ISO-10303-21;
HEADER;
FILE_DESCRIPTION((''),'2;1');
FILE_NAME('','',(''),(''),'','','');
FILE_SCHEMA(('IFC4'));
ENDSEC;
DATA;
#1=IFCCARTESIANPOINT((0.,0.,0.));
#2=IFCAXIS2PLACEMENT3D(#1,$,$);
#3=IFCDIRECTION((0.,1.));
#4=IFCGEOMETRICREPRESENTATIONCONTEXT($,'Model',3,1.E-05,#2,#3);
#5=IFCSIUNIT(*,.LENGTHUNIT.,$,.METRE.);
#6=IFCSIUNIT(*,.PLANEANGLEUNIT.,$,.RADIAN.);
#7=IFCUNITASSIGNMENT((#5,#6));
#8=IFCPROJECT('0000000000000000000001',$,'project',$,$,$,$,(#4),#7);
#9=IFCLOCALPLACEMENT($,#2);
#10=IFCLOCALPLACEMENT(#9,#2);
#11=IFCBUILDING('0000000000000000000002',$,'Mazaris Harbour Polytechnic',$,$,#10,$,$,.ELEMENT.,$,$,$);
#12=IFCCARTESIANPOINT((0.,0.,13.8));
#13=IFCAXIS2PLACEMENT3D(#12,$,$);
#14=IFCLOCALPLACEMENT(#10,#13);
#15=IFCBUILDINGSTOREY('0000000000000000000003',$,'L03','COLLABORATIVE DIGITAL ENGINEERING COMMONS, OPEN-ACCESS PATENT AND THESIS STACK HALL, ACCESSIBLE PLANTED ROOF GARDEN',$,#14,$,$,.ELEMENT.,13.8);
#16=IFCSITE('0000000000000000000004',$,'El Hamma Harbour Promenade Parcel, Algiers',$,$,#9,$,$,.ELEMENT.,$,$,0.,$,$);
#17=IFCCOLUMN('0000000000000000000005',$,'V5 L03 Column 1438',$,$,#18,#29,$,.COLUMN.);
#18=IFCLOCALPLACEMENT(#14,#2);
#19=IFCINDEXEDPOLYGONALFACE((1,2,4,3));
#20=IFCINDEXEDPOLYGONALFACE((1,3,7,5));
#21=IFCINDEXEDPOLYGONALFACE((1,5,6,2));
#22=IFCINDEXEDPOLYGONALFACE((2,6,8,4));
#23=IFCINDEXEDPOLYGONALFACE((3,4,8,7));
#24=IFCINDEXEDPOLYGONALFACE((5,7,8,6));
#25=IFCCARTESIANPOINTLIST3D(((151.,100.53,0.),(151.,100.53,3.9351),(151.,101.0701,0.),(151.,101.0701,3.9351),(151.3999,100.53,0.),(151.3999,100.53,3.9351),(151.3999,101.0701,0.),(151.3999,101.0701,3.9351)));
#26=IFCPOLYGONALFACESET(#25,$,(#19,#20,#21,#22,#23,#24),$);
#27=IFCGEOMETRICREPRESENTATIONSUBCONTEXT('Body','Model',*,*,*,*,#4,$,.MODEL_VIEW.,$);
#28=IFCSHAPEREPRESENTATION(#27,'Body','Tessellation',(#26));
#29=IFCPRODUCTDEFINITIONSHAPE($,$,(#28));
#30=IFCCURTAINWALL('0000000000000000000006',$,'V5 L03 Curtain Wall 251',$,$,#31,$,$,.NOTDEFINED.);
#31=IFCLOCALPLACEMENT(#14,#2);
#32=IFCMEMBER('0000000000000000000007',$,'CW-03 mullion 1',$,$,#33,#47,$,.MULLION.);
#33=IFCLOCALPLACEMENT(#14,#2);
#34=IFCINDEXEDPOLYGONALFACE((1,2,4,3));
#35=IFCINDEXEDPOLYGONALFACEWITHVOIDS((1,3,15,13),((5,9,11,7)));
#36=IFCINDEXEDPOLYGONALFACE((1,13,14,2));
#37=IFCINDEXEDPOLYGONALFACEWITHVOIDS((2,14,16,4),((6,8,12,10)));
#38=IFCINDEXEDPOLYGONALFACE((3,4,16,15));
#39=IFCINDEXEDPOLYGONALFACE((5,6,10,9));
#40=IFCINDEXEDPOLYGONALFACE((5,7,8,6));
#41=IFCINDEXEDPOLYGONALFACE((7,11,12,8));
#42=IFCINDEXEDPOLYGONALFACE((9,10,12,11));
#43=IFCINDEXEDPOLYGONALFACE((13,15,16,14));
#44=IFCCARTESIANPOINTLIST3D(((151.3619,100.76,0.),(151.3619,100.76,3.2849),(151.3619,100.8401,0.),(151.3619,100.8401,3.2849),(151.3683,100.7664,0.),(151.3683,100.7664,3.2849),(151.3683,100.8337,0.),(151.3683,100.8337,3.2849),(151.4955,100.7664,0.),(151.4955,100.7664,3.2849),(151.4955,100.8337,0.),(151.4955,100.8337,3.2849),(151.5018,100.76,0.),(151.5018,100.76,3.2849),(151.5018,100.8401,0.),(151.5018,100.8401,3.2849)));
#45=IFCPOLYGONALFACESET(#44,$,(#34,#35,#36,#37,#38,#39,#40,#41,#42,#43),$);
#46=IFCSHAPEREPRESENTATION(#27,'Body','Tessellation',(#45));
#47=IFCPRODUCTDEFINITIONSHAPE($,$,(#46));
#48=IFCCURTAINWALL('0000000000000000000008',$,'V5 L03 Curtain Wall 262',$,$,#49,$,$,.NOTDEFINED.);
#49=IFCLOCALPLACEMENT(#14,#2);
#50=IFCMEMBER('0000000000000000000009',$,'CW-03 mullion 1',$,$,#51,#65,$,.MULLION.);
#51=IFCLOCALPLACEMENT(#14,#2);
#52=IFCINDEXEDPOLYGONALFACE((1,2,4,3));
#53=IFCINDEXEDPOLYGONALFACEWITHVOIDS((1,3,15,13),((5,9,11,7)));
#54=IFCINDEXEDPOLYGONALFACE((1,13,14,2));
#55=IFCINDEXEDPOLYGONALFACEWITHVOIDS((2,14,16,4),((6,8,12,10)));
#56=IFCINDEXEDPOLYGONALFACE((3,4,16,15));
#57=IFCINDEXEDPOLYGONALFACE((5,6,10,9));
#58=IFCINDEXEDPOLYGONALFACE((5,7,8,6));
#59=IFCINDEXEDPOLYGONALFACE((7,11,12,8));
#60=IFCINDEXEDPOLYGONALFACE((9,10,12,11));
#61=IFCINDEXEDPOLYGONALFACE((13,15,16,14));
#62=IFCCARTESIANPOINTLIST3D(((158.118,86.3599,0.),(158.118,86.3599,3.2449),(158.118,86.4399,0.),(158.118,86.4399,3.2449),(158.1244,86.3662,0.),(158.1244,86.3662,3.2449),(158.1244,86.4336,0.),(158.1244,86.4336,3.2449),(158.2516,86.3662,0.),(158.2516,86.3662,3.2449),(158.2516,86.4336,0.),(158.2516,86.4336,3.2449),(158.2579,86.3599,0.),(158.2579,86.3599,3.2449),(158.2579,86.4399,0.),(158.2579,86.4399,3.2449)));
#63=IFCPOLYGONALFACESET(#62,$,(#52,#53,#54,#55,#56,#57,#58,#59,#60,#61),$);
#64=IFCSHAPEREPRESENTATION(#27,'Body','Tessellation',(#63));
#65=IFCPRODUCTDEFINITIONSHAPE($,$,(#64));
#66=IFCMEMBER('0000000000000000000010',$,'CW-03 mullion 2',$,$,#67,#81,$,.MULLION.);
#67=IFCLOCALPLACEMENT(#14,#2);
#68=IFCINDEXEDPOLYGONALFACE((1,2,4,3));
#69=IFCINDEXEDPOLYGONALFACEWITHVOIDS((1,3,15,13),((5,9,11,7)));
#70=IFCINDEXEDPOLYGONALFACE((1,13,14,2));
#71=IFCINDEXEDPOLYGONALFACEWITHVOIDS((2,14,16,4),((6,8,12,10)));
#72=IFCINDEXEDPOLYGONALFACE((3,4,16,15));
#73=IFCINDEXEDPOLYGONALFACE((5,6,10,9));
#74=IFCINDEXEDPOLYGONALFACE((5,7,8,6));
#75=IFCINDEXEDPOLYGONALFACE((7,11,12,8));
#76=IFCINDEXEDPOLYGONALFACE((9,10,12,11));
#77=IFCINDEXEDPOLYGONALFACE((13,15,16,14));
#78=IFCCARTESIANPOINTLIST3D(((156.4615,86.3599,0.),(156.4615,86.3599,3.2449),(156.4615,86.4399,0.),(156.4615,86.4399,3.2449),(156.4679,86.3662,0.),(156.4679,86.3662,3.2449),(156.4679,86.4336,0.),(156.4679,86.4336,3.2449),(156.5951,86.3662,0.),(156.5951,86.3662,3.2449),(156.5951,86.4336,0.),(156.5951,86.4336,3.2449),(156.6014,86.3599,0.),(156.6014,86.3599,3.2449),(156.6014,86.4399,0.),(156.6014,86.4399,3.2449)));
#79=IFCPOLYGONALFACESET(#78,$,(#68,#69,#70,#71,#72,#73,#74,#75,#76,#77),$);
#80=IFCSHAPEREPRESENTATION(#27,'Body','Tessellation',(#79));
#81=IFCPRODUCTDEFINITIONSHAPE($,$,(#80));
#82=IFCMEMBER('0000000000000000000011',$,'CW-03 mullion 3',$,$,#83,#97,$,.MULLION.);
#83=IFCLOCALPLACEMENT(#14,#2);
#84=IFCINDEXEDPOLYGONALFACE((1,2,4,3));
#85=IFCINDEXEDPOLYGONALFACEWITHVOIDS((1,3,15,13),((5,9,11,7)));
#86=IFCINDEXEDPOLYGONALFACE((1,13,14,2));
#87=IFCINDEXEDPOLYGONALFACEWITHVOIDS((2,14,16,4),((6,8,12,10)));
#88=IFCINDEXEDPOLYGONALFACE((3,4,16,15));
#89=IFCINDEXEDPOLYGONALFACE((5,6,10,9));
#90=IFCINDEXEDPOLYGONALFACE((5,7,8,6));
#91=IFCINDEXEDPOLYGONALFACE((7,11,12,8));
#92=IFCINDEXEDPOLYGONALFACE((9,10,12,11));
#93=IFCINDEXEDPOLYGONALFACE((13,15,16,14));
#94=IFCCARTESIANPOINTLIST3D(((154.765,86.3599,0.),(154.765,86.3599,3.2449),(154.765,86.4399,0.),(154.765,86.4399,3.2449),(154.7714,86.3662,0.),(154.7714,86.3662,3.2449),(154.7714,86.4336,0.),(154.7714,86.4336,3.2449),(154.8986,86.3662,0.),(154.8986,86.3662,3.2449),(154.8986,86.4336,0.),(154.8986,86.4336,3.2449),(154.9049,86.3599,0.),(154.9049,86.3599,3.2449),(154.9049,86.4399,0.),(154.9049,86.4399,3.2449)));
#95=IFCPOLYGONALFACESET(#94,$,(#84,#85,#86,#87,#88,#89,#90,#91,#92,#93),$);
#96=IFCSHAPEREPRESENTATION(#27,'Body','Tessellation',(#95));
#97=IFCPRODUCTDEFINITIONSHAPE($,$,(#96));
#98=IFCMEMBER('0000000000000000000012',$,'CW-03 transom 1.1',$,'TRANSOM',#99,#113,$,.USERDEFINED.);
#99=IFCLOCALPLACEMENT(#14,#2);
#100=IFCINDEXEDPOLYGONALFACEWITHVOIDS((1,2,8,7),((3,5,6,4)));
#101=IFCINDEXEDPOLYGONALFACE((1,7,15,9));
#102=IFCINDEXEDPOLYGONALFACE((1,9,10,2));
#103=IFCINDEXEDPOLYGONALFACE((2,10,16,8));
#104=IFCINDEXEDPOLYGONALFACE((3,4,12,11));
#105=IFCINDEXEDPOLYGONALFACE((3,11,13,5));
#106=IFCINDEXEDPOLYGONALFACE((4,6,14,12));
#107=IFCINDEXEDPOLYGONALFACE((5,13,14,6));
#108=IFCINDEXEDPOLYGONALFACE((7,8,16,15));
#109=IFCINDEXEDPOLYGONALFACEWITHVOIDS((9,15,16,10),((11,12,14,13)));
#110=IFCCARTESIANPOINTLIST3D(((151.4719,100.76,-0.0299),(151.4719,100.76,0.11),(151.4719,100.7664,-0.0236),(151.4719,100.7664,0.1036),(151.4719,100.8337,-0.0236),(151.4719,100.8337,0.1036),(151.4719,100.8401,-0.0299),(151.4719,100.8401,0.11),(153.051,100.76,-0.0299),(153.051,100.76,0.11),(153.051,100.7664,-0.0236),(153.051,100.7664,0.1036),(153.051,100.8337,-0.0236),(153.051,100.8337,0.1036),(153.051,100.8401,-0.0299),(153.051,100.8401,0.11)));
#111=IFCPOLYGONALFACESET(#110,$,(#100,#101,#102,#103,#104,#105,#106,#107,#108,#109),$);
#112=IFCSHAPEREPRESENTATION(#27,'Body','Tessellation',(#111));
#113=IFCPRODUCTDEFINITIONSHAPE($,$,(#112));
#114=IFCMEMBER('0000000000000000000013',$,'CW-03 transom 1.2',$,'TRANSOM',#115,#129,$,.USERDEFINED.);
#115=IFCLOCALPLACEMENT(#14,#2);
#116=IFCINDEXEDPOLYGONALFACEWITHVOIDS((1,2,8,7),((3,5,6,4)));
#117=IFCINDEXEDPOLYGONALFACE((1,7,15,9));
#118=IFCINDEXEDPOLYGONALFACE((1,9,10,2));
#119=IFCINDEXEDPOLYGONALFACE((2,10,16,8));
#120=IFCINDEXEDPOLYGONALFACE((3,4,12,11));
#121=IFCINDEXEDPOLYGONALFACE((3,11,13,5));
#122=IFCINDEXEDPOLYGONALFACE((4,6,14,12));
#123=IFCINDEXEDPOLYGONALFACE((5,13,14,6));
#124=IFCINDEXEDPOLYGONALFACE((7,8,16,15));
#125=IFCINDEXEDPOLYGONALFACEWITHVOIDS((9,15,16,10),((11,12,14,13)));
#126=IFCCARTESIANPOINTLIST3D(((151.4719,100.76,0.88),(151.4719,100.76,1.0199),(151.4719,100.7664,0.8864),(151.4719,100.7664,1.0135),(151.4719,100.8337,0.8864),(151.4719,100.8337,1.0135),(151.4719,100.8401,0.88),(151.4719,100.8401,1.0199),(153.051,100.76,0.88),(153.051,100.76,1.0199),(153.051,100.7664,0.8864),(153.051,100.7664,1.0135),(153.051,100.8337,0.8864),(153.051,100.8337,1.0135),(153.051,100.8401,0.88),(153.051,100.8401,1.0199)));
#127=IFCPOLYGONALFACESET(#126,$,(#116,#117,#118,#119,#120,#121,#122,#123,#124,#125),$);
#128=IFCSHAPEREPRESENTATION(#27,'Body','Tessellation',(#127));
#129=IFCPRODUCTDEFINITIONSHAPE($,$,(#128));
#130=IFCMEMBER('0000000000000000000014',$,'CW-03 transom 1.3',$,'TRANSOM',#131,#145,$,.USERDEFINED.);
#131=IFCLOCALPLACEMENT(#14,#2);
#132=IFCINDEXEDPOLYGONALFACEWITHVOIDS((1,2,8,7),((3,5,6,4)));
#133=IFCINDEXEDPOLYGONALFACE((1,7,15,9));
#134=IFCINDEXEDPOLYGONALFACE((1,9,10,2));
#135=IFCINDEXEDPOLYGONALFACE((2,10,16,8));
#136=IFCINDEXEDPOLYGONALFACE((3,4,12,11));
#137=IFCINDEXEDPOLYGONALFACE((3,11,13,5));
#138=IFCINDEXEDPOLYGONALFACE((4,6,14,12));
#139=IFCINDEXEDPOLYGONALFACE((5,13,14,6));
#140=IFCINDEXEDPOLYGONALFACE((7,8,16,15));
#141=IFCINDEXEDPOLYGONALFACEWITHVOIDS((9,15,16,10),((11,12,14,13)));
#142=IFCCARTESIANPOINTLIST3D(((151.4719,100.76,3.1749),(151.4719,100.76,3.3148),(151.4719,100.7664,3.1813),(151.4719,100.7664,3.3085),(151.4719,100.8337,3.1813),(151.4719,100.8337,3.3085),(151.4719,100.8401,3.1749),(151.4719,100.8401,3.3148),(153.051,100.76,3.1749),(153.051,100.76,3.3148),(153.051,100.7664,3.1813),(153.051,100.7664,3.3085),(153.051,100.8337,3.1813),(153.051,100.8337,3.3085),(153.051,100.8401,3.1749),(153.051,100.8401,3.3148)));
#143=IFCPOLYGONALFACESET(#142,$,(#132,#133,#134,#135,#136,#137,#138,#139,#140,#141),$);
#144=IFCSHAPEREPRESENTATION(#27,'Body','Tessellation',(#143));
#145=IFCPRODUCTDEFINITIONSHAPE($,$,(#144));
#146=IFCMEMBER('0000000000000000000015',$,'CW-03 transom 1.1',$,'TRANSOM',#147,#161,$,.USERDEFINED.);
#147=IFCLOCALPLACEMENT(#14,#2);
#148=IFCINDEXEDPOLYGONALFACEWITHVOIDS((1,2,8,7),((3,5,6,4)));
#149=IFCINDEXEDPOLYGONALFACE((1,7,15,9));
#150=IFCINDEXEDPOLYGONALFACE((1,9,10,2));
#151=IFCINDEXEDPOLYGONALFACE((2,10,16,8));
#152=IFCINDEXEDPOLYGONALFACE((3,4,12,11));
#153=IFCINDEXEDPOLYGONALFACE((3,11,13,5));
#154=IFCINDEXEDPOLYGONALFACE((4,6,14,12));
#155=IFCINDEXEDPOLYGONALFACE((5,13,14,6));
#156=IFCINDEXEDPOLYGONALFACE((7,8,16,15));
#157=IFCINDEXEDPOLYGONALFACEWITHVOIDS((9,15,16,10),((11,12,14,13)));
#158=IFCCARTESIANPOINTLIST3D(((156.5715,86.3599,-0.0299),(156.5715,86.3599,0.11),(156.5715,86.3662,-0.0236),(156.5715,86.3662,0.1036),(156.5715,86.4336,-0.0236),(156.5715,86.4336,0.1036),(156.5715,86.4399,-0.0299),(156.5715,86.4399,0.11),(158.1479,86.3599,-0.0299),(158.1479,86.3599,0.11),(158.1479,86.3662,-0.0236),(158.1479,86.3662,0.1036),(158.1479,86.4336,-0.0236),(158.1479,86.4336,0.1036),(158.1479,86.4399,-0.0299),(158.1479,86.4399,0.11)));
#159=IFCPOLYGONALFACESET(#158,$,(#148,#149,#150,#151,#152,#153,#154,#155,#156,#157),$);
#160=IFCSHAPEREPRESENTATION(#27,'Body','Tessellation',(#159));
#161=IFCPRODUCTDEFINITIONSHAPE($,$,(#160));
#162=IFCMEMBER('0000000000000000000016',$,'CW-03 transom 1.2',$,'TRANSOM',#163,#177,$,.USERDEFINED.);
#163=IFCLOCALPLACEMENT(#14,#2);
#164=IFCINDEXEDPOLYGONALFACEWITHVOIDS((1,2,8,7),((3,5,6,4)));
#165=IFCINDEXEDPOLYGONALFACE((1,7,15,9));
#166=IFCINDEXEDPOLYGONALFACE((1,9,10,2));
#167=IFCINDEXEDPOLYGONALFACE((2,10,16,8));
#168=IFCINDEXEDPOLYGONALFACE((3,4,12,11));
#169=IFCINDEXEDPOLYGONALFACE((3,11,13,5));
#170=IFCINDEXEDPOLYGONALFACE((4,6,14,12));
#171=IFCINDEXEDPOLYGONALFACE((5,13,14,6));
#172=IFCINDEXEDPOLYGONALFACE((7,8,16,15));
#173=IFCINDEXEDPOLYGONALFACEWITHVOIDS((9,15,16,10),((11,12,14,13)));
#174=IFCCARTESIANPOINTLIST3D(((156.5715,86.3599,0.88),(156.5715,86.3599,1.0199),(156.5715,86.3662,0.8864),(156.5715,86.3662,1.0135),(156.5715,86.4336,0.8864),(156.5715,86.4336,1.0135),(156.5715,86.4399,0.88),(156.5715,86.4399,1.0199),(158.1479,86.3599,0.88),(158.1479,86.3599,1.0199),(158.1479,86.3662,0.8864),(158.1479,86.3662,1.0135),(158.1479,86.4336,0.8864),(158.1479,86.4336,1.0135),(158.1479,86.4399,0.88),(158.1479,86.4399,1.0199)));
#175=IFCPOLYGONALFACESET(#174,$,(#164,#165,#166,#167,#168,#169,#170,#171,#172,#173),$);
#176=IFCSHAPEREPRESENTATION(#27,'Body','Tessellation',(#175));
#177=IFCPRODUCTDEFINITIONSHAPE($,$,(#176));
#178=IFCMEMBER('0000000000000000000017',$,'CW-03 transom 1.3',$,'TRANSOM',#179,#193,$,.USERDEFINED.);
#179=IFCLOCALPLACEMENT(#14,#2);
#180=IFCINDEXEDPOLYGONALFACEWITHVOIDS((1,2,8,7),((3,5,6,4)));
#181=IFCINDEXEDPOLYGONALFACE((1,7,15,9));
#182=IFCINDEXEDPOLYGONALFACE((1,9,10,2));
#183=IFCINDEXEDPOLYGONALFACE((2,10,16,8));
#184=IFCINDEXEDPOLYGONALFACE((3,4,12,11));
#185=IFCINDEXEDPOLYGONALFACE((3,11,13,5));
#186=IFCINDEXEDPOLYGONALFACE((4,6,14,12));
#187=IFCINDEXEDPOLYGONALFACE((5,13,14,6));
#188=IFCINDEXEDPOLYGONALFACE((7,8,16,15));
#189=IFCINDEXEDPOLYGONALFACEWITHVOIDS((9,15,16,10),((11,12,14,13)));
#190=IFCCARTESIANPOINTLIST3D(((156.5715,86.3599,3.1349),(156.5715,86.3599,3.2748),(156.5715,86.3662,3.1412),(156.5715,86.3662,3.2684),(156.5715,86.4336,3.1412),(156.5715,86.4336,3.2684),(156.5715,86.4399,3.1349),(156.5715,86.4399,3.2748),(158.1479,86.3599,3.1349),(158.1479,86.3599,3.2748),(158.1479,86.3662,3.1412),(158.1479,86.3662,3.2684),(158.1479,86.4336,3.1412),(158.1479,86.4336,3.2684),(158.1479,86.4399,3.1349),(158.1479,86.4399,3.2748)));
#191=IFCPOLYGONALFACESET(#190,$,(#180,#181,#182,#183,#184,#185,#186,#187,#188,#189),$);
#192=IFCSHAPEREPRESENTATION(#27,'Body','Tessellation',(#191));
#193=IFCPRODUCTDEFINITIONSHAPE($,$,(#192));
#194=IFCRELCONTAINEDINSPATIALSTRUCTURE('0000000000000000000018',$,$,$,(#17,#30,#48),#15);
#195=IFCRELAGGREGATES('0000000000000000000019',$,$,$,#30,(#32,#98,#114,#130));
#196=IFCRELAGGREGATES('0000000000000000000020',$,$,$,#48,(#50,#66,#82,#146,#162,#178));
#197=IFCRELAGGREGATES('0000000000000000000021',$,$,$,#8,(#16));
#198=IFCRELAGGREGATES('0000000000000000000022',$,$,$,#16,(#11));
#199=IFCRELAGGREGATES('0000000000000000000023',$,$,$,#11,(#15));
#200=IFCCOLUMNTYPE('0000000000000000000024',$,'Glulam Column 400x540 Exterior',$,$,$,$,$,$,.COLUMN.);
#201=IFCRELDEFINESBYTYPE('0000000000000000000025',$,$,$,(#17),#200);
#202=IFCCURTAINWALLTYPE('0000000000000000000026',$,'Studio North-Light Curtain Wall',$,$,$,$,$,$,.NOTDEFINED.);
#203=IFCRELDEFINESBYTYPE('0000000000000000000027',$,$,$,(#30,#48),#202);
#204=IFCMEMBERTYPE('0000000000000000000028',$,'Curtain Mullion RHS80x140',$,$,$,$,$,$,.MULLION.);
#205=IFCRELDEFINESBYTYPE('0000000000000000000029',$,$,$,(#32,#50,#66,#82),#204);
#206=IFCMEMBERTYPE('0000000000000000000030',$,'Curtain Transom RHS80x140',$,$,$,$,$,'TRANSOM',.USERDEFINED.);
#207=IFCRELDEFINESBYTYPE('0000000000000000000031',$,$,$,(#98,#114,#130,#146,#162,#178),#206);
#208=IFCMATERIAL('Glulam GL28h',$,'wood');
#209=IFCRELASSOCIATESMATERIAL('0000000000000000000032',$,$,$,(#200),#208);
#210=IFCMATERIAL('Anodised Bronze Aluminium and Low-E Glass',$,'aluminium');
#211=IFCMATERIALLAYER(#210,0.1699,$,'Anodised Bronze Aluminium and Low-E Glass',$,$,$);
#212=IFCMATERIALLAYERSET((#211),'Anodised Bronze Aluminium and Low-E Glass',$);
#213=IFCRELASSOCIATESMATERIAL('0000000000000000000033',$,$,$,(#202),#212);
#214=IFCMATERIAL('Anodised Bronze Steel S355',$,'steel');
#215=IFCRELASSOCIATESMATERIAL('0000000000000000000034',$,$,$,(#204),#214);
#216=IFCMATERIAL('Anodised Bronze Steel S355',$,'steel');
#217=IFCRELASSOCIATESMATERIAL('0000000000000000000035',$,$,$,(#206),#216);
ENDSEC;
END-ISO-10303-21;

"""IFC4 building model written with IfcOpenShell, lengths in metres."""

from ifc_helpers import new_model, si_unit, direction, frame, origin, origin_2d, place, context, subcontext, project, spatial, rectangle, hollow_rectangle, extrude, material, layer, layer_set, material_profile, profile_set, type_object, element, aggregate, save


model = new_model("IFC4")

# Units and contexts
model_context = context("Model", 3, precision=1e-05, world=origin(), true_north=direction((0.0, 1.0)))
body_context = subcontext(model_context, "Body", "Model", "MODEL_VIEW")
ifc_project = project(units=[si_unit("LENGTHUNIT", "METRE"), si_unit("PLANEANGLEUNIT", "RADIAN")], contexts=[model_context])

# Site, building, storey
site_placement = place(None, origin())
site = spatial("IfcSite", under=ifc_project, at=site_placement, Name="El Hamma Harbour Promenade Parcel, Algiers", CompositionType="ELEMENT", RefElevation=0.0)
building_placement = place(site_placement, origin())
building = spatial("IfcBuilding", under=site, at=building_placement, Name="Mazaris Harbour Polytechnic", CompositionType="ELEMENT")
storey_placement = place(building_placement, frame((0.0, 0.0, 13.8)))
storey = spatial("IfcBuildingStorey", under=building, at=storey_placement, Name="L03", Description="COLLABORATIVE DIGITAL ENGINEERING COMMONS, OPEN-ACCESS PATENT AND THESIS STACK HALL, ACCESSIBLE PLANTED ROOF GARDEN", CompositionType="ELEMENT", Elevation=13.8)

# Column
ifc_material_1 = material(Name="Glulam GL28h", Category="wood")
ifc_material_profile_1 = material_profile(ifc_material_1, rectangle(XDim=0.3999, YDim=0.54, at=origin_2d()), Name="RECT400x540")
ifc_profile_set_1 = profile_set([ifc_material_profile_1], Name="Glulam GL28h")
column_type = type_object("IfcColumnType", Name="Glulam Column 400x540 Exterior", PredefinedType="COLUMN", material=ifc_profile_set_1)
column_placement = place(storey_placement, frame((151.2, 100.8, 0.0), z_axis=(0.0, 0.0, 1.0), x_axis=(1.0, 0.0, 0.0)))
element("IfcColumn", 1, at=column_placement, inside=storey, type_object=column_type, Name="V5 L03 Column 1438", PredefinedType="COLUMN", context=body_context, shape_type="SweptSolid", body=[
    extrude(rectangle(XDim=0.3999, YDim=0.54, at=origin_2d()), origin(), (0.0, 0.0, 1.0), 3.9351),
])

# Curtain wall, member
ifc_material_2 = material(Name="Anodised Bronze Aluminium and Low-E Glass", Category="aluminium")
ifc_layer_1 = layer(ifc_material_2, 0.1699, Name="Anodised Bronze Aluminium and Low-E Glass")
ifc_layer_set_1 = layer_set([ifc_layer_1], Name="Anodised Bronze Aluminium and Low-E Glass")
curtain_wall_type = type_object("IfcCurtainWallType", Name="Studio North-Light Curtain Wall", PredefinedType="NOTDEFINED", material=ifc_layer_set_1)
curtain_wall_1_placement = place(storey_placement, origin())
curtain_wall_1 = element("IfcCurtainWall", 2, at=curtain_wall_1_placement, inside=storey, type_object=curtain_wall_type, Name="V5 L03 Curtain Wall 251", PredefinedType="NOTDEFINED")
ifc_material_3 = material(Name="Anodised Bronze Steel S355", Category="steel")
ifc_material_profile_2 = material_profile(ifc_material_3, hollow_rectangle(XDim=0.0801, YDim=0.1399, WallThickness=0.0063, at=origin_2d()), Name="RHS 80x140x6.3")
ifc_profile_set_2 = profile_set([ifc_material_profile_2], Name="Anodised Bronze Steel S355")
member_type_1 = type_object("IfcMemberType", Name="Curtain Mullion RHS80x140", PredefinedType="MULLION", material=ifc_profile_set_2)
member_1_placement = place(storey_placement, frame((151.4319, 100.8, 0.0), z_axis=(0.0, 0.0, 1.0), x_axis=(0.0, 1.0, 0.0)))
member_1 = element("IfcMember", 3, at=member_1_placement, type_object=member_type_1, Name="CW-03 mullion 1", PredefinedType="MULLION", context=body_context, shape_type="SweptSolid", body=[
    extrude(hollow_rectangle(XDim=0.0801, YDim=0.1399, WallThickness=0.0063, at=origin_2d()), origin(), (0.0, 0.0, 1.0), 3.2849),
])

# Curtain wall, members
curtain_wall_2_placement = place(storey_placement, origin())
curtain_wall_2 = element("IfcCurtainWall", 4, at=curtain_wall_2_placement, inside=storey, type_object=curtain_wall_type, Name="V5 L03 Curtain Wall 262", PredefinedType="NOTDEFINED")
member_2_placement = place(storey_placement, frame((158.188, 86.3999, 0.0), z_axis=(0.0, 0.0, 1.0), x_axis=(0.0, -1.0, 0.0)))
member_2 = element("IfcMember", 5, at=member_2_placement, type_object=member_type_1, Name="CW-03 mullion 1", PredefinedType="MULLION", context=body_context, shape_type="SweptSolid", body=[
    extrude(hollow_rectangle(XDim=0.0801, YDim=0.1399, WallThickness=0.0063, at=origin_2d()), origin(), (0.0, 0.0, 1.0), 3.2449),
])
member_3_placement = place(storey_placement, frame((156.5315, 86.3999, 0.0), z_axis=(0.0, 0.0, 1.0), x_axis=(0.0, -1.0, 0.0)))
member_3 = element("IfcMember", 6, at=member_3_placement, type_object=member_type_1, Name="CW-03 mullion 2", PredefinedType="MULLION", context=body_context, shape_type="SweptSolid", body=[
    extrude(hollow_rectangle(XDim=0.0801, YDim=0.1399, WallThickness=0.0063, at=origin_2d()), origin(), (0.0, 0.0, 1.0), 3.2449),
])
member_4_placement = place(storey_placement, frame((154.835, 86.3999, 0.0), z_axis=(0.0, 0.0, 1.0), x_axis=(0.0, -1.0, 0.0)))
member_4 = element("IfcMember", 7, at=member_4_placement, type_object=member_type_1, Name="CW-03 mullion 3", PredefinedType="MULLION", context=body_context, shape_type="SweptSolid", body=[
    extrude(hollow_rectangle(XDim=0.0801, YDim=0.1399, WallThickness=0.0063, at=origin_2d()), origin(), (0.0, 0.0, 1.0), 3.2449),
])

# Members
ifc_material_4 = material(Name="Anodised Bronze Steel S355", Category="steel")
ifc_material_profile_3 = material_profile(ifc_material_4, hollow_rectangle(XDim=0.0801, YDim=0.1399, WallThickness=0.0063, at=origin_2d()), Name="RHS 80x140x6.3")
ifc_profile_set_3 = profile_set([ifc_material_profile_3], Name="Anodised Bronze Steel S355")
member_type_2 = type_object("IfcMemberType", Name="Curtain Transom RHS80x140", ElementType="TRANSOM", PredefinedType="USERDEFINED", material=ifc_profile_set_3)
member_5_placement = place(storey_placement, frame((151.4719, 100.8, 0.04), z_axis=(1.0, 0.0, 0.0), x_axis=(0.0, 1.0, 0.0)))
member_5 = element("IfcMember", 8, at=member_5_placement, type_object=member_type_2, Name="CW-03 transom 1.1", ObjectType="TRANSOM", PredefinedType="USERDEFINED", context=body_context, shape_type="SweptSolid", body=[
    extrude(hollow_rectangle(XDim=0.0801, YDim=0.1399, WallThickness=0.0063, at=origin_2d()), origin(), (0.0, 0.0, 1.0), 1.5791),
])
member_6_placement = place(storey_placement, frame((151.4719, 100.8, 0.95), z_axis=(1.0, 0.0, 0.0), x_axis=(0.0, 1.0, 0.0)))
member_6 = element("IfcMember", 9, at=member_6_placement, type_object=member_type_2, Name="CW-03 transom 1.2", ObjectType="TRANSOM", PredefinedType="USERDEFINED", context=body_context, shape_type="SweptSolid", body=[
    extrude(hollow_rectangle(XDim=0.0801, YDim=0.1399, WallThickness=0.0063, at=origin_2d()), origin(), (0.0, 0.0, 1.0), 1.5791),
])
member_7_placement = place(storey_placement, frame((151.4719, 100.8, 3.2449), z_axis=(1.0, 0.0, 0.0), x_axis=(0.0, 1.0, 0.0)))
member_7 = element("IfcMember", 10, at=member_7_placement, type_object=member_type_2, Name="CW-03 transom 1.3", ObjectType="TRANSOM", PredefinedType="USERDEFINED", context=body_context, shape_type="SweptSolid", body=[
    extrude(hollow_rectangle(XDim=0.0801, YDim=0.1399, WallThickness=0.0063, at=origin_2d()), origin(), (0.0, 0.0, 1.0), 1.5791),
])
member_8_placement = place(storey_placement, frame((158.1479, 86.3999, 0.04), z_axis=(-1.0, 0.0, 0.0), x_axis=(0.0, -1.0, 0.0)))
member_8 = element("IfcMember", 11, at=member_8_placement, type_object=member_type_2, Name="CW-03 transom 1.1", ObjectType="TRANSOM", PredefinedType="USERDEFINED", context=body_context, shape_type="SweptSolid", body=[
    extrude(hollow_rectangle(XDim=0.0801, YDim=0.1399, WallThickness=0.0063, at=origin_2d()), origin(), (0.0, 0.0, 1.0), 1.5764),
])
member_9_placement = place(storey_placement, frame((158.1479, 86.3999, 0.95), z_axis=(-1.0, 0.0, 0.0), x_axis=(0.0, -1.0, 0.0)))
member_9 = element("IfcMember", 12, at=member_9_placement, type_object=member_type_2, Name="CW-03 transom 1.2", ObjectType="TRANSOM", PredefinedType="USERDEFINED", context=body_context, shape_type="SweptSolid", body=[
    extrude(hollow_rectangle(XDim=0.0801, YDim=0.1399, WallThickness=0.0063, at=origin_2d()), origin(), (0.0, 0.0, 1.0), 1.5764),
])
member_10_placement = place(storey_placement, frame((158.1479, 86.3999, 3.2048), z_axis=(-1.0, 0.0, 0.0), x_axis=(0.0, -1.0, 0.0)))
member_10 = element("IfcMember", 13, at=member_10_placement, type_object=member_type_2, Name="CW-03 transom 1.3", ObjectType="TRANSOM", PredefinedType="USERDEFINED", context=body_context, shape_type="SweptSolid", body=[
    extrude(hollow_rectangle(XDim=0.0801, YDim=0.1399, WallThickness=0.0063, at=origin_2d()), origin(), (0.0, 0.0, 1.0), 1.5764),
])

aggregate(curtain_wall_1, [member_1, member_5, member_6, member_7])
aggregate(curtain_wall_2, [member_2, member_3, member_4, member_8, member_9, member_10])

save(model, "model.ifc")
